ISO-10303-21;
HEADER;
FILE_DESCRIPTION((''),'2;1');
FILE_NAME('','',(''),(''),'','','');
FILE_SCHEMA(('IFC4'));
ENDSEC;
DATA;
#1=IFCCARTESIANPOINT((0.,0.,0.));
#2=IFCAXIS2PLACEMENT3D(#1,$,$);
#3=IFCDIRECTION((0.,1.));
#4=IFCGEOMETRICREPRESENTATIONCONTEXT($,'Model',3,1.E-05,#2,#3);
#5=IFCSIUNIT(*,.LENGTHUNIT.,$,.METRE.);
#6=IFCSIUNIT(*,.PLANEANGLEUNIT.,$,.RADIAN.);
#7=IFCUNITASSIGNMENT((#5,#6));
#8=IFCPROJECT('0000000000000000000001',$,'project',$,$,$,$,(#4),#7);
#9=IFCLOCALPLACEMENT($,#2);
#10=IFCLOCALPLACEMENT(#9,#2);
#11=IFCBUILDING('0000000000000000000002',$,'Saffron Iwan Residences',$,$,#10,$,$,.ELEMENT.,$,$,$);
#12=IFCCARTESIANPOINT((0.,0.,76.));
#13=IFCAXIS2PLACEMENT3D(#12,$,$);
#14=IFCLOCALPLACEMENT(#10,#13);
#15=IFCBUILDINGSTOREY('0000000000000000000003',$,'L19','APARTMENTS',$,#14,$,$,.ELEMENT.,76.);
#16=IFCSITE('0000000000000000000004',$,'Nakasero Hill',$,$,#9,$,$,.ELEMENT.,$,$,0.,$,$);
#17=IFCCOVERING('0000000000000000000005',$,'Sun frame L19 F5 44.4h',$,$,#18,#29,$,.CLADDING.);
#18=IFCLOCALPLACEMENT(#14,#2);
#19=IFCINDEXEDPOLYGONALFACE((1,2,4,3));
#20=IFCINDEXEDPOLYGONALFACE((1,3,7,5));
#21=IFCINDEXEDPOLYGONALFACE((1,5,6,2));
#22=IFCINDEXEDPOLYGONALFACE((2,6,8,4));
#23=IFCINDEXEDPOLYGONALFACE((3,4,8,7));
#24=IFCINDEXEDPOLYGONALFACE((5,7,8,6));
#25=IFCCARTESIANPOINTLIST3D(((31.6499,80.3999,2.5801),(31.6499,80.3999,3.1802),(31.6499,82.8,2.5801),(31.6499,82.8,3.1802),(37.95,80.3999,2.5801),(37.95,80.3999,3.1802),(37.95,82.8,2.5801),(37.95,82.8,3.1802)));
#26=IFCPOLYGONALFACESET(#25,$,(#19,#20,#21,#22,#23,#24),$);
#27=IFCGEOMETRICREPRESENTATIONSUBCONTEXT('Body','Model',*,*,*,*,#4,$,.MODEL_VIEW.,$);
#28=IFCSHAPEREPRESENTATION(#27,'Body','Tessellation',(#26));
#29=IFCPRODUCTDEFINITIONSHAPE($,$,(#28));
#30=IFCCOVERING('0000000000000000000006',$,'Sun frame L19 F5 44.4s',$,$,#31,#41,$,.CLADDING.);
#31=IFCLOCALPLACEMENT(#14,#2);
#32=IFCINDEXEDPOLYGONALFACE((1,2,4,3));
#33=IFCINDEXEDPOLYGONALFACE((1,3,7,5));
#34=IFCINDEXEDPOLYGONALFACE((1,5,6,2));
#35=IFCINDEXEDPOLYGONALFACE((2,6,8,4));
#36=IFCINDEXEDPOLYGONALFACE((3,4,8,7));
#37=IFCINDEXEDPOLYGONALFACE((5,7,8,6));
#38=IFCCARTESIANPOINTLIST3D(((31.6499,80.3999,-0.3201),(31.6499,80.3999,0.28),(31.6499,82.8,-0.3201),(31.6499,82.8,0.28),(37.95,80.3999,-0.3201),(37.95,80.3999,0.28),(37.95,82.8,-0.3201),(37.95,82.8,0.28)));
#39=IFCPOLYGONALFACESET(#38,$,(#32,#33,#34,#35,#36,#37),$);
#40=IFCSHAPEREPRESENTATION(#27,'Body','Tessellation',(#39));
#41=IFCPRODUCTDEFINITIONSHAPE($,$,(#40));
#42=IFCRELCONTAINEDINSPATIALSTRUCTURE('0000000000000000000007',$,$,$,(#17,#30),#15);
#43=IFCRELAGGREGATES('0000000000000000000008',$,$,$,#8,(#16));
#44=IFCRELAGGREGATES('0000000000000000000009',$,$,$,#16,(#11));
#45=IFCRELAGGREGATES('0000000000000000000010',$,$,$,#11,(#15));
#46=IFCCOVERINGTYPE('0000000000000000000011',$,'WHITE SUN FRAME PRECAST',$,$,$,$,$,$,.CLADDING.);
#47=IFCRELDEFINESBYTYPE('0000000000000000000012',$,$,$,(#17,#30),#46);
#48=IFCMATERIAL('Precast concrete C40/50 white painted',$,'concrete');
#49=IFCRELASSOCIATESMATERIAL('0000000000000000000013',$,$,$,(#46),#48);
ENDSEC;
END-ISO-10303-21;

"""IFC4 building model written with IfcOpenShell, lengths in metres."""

from ifc_helpers import new_model, si_unit, direction, frame, origin, place, context, subcontext, project, spatial, polyline, outline, extrude, material, type_object, element, save


model = new_model("IFC4")

# Units and contexts
model_context = context("Model", 3, precision=1e-05, world=origin(), true_north=direction((0.0, 1.0)))
body_context = subcontext(model_context, "Body", "Model", "MODEL_VIEW")
ifc_project = project(units=[si_unit("LENGTHUNIT", "METRE"), si_unit("PLANEANGLEUNIT", "RADIAN")], contexts=[model_context])

# Site, building, storey
site_placement = place(None, origin())
site = spatial("IfcSite", under=ifc_project, at=site_placement, Name="Nakasero Hill", CompositionType="ELEMENT", RefElevation=0.0)
building_placement = place(site_placement, origin())
building = spatial("IfcBuilding", under=site, at=building_placement, Name="Saffron Iwan Residences", CompositionType="ELEMENT")
storey_placement = place(building_placement, frame((0.0, 0.0, 76.0)))
storey = spatial("IfcBuildingStorey", under=building, at=storey_placement, Name="L19", Description="APARTMENTS", CompositionType="ELEMENT", Elevation=76.0)

# Coverings
ifc_material_1 = material(Name="Precast concrete C40/50 white painted", Category="concrete")
covering_type = type_object("IfcCoveringType", Name="WHITE SUN FRAME PRECAST", PredefinedType="CLADDING", material=ifc_material_1)
for number, where, z_axis, x_axis, name in (
    (1, (37.95, 80.3999, 2.5801), (0.0, 1.0, 0.0), (-1.0, 0.0, 0.0), "Sun frame L19 F5 44.4h"),
    (2, (37.95, 80.3999, -0.3201), (0.0, 1.0, 0.0), (-1.0, 0.0, 0.0), "Sun frame L19 F5 44.4s"),
):
    element("IfcCovering", number, at=place(storey_placement, frame(where, z_axis=z_axis, x_axis=x_axis)), inside=storey, type_object=covering_type, Name=name, PredefinedType="CLADDING", context=body_context, shape_type="SweptSolid", body=[
        extrude(outline(polyline([(0.0, 0.0), (6.3, 0.0), (6.3, 0.6001), (0.0, 0.6001), (0.0, 0.0)])), origin(), (0.0, 0.0, 1.0), 2.4001),
    ])

save(model, "model.ifc")
